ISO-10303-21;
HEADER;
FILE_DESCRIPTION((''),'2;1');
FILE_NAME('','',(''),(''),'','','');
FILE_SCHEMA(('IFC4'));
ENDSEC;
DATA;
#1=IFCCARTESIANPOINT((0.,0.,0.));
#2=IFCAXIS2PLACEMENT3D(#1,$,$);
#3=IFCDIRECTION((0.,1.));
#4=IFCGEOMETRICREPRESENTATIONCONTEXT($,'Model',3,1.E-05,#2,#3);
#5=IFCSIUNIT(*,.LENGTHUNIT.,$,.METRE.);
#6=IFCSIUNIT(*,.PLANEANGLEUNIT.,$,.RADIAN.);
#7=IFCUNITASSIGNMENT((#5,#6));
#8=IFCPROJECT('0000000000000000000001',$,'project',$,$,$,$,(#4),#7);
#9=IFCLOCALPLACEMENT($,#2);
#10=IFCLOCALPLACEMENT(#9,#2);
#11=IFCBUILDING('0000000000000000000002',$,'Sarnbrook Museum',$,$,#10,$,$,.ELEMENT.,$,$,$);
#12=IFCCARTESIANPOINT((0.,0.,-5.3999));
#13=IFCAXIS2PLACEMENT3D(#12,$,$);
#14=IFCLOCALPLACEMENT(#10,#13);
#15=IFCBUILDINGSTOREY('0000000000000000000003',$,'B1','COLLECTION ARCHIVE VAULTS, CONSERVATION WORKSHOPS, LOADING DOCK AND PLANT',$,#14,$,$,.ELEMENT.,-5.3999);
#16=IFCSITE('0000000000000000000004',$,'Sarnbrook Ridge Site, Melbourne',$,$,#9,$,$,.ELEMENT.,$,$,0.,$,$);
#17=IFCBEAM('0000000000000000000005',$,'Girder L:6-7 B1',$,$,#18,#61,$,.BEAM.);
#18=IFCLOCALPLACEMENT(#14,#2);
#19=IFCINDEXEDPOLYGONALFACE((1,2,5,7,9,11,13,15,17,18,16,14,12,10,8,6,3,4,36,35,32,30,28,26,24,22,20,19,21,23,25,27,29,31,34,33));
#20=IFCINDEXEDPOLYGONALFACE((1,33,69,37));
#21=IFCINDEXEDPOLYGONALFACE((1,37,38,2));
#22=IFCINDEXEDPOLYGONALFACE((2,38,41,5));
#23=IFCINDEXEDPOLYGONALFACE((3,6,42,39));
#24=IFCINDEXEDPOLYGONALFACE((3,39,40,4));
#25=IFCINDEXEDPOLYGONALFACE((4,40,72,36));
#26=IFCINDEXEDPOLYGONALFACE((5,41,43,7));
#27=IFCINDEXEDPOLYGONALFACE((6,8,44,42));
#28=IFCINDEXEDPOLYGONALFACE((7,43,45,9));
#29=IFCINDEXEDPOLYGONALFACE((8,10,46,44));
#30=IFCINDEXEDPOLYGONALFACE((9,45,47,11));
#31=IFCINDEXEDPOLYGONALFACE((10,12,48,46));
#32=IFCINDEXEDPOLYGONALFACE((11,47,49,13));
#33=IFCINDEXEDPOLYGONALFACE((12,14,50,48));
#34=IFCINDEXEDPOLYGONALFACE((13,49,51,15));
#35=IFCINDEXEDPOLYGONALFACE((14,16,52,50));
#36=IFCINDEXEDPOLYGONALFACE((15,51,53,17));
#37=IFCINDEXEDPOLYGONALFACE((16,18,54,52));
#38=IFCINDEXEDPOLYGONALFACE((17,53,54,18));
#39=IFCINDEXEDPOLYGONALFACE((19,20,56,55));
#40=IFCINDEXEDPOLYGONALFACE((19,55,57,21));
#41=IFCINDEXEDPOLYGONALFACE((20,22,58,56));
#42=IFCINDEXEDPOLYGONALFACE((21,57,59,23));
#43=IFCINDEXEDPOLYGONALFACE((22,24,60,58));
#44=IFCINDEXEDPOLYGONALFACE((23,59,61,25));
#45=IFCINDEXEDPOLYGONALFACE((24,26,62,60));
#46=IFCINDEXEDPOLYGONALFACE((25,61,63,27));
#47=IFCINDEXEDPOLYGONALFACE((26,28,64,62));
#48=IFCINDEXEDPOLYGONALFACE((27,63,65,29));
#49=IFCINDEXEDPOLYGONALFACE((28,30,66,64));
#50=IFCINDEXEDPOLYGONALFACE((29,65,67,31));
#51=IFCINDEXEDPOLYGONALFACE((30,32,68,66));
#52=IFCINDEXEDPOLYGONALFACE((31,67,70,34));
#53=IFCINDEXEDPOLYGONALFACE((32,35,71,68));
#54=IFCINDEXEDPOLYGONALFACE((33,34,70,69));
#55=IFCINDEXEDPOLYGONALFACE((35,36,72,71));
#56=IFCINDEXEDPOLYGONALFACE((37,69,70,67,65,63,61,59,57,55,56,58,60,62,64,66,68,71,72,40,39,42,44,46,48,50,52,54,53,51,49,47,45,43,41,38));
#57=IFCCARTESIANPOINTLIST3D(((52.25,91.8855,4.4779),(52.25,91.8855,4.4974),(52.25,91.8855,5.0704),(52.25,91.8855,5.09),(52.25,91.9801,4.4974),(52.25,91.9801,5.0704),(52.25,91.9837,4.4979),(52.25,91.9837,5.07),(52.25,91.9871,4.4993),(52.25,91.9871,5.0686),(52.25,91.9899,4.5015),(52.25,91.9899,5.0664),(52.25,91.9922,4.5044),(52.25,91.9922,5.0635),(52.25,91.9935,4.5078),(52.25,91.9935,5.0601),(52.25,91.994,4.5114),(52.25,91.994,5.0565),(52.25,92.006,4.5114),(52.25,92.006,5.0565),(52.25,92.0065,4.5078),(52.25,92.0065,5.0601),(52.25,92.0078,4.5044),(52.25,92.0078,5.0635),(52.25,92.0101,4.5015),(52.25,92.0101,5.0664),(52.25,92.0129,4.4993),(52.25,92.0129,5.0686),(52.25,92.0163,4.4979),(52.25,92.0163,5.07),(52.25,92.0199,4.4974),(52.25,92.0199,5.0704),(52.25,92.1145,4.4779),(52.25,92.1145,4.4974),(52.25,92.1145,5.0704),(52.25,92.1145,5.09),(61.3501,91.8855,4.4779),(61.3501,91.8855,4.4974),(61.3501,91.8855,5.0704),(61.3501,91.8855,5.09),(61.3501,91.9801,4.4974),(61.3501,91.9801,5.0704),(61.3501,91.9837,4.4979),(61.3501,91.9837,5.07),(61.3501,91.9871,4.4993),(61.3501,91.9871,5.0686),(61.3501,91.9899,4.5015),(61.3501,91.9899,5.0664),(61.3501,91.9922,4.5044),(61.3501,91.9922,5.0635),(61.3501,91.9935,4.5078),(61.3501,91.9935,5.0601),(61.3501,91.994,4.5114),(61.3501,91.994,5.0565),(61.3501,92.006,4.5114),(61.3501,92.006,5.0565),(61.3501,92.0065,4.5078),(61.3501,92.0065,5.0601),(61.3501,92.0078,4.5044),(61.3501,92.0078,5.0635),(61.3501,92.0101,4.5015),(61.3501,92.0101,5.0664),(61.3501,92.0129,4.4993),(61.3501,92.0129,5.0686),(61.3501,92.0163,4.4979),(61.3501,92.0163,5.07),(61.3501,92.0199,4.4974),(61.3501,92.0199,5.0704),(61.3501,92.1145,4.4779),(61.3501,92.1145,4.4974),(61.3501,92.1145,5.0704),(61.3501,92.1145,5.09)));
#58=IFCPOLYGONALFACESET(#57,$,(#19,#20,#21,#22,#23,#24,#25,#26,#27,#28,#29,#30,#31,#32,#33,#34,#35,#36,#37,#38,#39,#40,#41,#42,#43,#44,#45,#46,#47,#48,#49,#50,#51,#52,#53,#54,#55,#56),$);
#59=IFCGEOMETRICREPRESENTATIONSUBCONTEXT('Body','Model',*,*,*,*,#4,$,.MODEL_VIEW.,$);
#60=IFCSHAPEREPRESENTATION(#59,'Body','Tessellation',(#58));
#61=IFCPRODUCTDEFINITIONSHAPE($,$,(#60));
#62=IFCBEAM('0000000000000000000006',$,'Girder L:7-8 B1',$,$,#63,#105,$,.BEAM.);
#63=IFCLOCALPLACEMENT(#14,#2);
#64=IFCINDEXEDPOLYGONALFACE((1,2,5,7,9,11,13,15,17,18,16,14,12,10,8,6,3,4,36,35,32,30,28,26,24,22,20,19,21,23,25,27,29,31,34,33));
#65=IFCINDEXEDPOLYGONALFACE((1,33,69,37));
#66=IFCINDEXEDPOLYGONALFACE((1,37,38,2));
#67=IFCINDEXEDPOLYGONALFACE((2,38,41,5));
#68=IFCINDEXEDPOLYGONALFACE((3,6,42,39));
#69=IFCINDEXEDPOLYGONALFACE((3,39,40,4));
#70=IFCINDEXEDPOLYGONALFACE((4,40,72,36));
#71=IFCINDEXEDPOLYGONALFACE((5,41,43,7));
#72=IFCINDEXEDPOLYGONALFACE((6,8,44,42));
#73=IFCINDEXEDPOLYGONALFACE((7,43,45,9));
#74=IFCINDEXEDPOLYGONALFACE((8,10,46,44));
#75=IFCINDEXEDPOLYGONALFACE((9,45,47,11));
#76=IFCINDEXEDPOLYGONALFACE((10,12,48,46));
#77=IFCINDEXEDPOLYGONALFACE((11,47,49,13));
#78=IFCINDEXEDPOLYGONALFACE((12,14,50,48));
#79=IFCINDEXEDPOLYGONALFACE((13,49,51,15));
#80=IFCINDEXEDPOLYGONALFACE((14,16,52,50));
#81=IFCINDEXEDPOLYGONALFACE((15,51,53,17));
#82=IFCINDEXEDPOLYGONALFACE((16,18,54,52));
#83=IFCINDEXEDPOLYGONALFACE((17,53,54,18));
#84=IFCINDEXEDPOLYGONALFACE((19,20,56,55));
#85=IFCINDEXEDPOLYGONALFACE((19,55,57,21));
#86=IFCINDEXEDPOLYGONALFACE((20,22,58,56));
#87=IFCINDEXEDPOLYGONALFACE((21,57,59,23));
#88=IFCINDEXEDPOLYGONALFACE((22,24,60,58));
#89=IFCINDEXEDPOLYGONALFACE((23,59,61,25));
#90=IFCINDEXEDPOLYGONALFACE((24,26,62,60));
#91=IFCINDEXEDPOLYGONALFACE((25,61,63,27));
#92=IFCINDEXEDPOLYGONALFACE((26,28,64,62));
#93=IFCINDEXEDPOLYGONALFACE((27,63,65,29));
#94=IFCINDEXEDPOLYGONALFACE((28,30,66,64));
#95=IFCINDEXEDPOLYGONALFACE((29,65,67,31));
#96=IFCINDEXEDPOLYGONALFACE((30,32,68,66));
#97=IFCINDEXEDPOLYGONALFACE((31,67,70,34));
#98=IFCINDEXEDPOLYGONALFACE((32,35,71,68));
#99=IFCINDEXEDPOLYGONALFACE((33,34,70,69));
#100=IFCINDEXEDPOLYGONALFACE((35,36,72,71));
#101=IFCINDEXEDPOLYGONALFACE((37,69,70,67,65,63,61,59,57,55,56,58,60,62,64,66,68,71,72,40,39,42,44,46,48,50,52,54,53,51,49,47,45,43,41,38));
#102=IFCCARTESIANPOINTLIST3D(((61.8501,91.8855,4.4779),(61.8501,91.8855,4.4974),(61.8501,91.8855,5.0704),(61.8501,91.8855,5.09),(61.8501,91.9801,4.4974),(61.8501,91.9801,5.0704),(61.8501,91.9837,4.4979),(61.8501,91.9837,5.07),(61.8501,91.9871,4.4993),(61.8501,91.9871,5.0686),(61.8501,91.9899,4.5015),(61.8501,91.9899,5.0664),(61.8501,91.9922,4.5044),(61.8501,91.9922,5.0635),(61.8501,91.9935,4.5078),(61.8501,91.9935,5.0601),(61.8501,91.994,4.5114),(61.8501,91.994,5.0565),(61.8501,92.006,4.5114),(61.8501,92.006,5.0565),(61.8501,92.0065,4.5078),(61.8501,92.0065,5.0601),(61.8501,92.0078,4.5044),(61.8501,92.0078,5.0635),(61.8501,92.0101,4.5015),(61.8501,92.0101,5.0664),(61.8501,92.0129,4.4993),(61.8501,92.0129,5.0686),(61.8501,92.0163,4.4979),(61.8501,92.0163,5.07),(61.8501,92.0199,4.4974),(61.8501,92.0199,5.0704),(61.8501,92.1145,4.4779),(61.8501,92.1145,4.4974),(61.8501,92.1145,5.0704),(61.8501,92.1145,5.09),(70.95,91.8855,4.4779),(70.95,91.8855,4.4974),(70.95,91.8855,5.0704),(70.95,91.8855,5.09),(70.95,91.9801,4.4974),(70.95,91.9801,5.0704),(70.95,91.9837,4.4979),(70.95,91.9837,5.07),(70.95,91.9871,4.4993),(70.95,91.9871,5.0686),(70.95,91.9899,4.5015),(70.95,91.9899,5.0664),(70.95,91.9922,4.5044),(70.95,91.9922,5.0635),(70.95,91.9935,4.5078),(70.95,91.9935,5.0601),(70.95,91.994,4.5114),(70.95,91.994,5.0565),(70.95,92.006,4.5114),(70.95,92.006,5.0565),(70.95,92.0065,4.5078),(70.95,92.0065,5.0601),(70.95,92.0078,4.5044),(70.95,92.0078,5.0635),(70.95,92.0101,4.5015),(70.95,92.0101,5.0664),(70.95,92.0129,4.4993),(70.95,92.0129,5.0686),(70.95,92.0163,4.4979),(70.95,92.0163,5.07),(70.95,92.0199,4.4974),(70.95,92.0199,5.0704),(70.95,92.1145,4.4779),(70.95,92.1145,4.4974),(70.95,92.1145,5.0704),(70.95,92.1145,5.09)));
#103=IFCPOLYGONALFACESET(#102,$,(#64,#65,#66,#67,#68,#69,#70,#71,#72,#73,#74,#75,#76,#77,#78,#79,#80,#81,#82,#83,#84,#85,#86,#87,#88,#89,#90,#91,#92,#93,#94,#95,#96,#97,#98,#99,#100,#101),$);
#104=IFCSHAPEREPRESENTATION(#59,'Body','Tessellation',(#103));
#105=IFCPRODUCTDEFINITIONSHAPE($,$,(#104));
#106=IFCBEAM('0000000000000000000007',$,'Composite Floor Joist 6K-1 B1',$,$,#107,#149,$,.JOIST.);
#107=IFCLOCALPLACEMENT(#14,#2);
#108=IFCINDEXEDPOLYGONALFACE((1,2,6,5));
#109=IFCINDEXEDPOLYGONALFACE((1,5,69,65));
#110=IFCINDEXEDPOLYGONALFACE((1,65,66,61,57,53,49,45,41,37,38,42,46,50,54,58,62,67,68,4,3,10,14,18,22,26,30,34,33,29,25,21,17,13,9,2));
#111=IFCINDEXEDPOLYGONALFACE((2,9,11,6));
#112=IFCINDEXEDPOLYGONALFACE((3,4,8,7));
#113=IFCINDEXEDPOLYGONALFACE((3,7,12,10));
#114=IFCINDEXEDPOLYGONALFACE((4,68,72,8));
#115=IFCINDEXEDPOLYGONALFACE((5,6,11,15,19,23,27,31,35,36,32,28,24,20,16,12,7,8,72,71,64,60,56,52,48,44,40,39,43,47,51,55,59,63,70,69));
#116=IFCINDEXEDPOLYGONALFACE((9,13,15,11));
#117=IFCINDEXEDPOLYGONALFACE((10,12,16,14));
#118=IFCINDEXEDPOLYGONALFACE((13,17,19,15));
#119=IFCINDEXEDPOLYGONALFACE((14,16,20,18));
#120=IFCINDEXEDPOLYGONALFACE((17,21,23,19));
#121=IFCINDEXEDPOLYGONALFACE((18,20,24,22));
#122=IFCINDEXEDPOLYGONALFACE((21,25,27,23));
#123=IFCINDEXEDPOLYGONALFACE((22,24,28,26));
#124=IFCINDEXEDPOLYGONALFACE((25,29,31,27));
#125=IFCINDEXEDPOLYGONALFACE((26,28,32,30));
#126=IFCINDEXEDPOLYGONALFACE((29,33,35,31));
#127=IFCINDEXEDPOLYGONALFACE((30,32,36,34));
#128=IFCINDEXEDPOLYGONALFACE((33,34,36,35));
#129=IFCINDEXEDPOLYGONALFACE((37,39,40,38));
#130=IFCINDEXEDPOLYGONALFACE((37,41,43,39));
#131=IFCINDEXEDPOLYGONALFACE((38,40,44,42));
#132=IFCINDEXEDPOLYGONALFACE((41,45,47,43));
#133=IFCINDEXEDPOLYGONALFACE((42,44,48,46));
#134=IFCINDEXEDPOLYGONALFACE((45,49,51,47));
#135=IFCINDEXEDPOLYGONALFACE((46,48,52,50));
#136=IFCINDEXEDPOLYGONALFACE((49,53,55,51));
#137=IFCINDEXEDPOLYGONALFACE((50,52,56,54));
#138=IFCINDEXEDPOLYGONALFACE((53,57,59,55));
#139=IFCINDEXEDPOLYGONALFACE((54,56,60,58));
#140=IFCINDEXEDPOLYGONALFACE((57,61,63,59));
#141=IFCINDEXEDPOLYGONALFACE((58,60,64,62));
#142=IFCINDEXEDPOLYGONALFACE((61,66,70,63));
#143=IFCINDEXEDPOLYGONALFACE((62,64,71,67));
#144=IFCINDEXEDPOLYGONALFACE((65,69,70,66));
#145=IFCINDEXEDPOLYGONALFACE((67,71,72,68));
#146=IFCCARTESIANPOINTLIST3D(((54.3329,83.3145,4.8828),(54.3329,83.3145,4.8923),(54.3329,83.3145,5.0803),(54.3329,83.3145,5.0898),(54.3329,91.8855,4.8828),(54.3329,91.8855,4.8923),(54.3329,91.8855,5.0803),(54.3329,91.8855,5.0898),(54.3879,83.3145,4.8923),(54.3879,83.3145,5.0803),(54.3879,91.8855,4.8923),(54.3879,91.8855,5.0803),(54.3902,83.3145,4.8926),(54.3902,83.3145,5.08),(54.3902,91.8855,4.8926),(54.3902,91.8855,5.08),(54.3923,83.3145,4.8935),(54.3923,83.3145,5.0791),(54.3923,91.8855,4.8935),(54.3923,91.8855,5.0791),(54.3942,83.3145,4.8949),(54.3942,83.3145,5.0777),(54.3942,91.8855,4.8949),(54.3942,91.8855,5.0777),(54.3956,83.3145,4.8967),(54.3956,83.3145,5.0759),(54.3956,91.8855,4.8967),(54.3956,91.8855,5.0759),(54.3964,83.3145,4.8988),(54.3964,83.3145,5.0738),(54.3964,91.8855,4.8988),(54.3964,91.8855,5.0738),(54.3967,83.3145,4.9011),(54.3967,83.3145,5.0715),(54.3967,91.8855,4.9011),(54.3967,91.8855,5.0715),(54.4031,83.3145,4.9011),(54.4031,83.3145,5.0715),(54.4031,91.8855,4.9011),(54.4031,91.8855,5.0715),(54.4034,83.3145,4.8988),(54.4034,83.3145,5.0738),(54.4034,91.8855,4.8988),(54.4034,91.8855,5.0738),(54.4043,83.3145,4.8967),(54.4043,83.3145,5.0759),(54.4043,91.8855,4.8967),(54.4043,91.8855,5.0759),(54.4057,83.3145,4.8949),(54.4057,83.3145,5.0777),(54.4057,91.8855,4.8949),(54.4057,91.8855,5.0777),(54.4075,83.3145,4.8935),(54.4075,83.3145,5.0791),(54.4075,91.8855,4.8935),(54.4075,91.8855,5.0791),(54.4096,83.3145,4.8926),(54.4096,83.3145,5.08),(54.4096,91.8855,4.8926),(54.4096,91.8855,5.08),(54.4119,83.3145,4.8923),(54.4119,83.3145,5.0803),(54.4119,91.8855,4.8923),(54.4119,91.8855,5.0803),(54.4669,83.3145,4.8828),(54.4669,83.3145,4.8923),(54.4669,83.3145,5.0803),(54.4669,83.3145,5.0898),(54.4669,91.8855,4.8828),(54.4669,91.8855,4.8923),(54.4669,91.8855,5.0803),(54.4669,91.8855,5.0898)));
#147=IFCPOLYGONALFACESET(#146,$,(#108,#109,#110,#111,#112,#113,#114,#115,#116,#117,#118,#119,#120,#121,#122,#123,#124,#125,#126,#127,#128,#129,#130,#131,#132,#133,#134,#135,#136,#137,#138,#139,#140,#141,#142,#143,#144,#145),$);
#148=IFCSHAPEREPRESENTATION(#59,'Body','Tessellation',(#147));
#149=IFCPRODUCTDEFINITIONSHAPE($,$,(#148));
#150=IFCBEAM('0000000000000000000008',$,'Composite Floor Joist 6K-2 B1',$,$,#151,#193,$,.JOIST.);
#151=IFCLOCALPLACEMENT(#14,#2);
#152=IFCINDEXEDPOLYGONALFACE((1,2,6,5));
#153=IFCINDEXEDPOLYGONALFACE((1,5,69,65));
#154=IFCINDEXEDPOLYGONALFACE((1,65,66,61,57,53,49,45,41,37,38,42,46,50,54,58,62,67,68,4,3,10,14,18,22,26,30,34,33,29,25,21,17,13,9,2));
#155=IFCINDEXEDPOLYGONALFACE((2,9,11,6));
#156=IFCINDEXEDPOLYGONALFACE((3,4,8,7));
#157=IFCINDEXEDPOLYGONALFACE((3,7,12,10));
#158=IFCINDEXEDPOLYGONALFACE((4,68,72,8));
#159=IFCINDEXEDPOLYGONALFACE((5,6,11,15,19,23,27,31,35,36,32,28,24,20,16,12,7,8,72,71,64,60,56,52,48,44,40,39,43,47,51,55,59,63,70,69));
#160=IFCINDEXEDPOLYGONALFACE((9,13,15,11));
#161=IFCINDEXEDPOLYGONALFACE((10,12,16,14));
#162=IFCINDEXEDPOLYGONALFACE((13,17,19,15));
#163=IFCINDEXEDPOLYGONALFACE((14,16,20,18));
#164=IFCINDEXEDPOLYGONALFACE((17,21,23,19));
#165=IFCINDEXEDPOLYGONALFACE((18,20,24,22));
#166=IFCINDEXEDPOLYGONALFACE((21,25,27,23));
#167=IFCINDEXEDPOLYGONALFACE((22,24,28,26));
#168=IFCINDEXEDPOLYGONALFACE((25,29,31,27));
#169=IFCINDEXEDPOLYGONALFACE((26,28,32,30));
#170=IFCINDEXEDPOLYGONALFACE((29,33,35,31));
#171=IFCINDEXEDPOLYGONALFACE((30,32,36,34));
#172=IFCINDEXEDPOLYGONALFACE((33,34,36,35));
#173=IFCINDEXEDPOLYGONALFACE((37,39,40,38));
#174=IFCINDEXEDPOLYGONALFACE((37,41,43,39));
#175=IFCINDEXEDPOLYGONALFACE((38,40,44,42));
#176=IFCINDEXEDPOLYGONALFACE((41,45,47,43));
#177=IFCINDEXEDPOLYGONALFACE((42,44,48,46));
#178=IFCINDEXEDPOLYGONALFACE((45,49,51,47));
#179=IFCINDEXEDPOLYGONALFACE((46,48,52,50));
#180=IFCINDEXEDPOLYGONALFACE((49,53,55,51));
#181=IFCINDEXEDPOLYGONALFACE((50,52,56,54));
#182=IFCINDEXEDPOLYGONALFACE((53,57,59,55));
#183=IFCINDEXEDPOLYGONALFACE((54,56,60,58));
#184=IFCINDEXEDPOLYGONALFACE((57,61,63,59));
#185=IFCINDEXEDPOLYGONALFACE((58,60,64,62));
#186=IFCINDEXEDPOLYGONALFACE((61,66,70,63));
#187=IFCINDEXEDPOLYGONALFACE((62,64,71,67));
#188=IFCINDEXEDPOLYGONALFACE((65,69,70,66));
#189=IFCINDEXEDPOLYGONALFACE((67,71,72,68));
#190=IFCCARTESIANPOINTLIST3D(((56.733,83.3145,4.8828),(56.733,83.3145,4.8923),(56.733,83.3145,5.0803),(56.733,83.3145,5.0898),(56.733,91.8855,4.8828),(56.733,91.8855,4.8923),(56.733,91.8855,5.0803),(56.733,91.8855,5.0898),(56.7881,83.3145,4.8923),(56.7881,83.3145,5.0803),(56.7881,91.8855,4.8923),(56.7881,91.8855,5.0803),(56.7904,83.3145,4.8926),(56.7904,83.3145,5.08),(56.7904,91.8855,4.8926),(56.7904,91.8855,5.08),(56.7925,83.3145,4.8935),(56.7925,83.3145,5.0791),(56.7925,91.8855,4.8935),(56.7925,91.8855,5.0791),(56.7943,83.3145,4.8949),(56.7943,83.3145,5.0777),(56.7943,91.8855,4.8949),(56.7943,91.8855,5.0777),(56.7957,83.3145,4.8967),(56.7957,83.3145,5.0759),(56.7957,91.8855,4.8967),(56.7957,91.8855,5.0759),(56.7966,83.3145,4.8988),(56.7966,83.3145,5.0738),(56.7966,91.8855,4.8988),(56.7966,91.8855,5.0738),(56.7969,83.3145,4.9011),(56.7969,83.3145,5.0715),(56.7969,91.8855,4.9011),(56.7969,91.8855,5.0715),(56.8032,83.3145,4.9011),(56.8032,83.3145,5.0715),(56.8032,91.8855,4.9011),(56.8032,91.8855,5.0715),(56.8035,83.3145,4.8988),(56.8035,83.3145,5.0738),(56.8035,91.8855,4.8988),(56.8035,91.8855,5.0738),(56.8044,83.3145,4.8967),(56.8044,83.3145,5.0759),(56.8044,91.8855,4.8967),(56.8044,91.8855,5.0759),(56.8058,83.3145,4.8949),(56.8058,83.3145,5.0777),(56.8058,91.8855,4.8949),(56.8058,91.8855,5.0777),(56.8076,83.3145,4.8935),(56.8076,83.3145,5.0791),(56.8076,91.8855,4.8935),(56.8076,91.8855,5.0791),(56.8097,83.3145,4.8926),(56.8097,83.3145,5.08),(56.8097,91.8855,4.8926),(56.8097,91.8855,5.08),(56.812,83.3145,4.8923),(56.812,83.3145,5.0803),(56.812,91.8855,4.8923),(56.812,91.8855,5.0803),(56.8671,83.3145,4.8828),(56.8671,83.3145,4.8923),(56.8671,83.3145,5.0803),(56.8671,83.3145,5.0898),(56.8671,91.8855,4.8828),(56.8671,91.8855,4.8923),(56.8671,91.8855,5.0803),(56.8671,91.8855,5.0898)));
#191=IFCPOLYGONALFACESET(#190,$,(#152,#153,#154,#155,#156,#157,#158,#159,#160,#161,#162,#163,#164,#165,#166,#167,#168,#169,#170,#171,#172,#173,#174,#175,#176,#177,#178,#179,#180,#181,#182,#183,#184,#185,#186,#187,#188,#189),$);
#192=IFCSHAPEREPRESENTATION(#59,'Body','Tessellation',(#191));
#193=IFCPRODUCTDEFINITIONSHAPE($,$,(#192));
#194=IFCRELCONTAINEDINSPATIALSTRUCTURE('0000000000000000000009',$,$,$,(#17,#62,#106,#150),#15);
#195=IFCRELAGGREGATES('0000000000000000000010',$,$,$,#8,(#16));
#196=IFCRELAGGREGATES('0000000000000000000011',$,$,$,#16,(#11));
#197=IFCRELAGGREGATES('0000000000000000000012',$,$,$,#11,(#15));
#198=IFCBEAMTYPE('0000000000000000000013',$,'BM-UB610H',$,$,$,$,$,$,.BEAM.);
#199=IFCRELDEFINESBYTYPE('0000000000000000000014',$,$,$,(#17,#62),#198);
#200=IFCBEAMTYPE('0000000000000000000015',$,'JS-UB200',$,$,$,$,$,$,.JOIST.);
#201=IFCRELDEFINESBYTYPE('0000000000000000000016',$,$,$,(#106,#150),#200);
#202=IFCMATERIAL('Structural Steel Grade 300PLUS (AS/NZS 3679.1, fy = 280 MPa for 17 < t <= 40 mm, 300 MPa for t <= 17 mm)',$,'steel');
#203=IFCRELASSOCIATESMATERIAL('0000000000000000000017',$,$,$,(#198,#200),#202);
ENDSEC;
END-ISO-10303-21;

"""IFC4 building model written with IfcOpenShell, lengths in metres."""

from ifc_helpers import new_model, si_unit, direction, frame, origin, origin_2d, place, context, subcontext, project, spatial, i_section, extrude, material, material_profile, profile_set, type_object, element, save


model = new_model("IFC4")

# Units and contexts
model_context = context("Model", 3, precision=1e-05, world=origin(), true_north=direction((0.0, 1.0)))
body_context = subcontext(model_context, "Body", "Model", "MODEL_VIEW")
ifc_project = project(units=[si_unit("LENGTHUNIT", "METRE"), si_unit("PLANEANGLEUNIT", "RADIAN")], contexts=[model_context])

# Site, building, storey
site_placement = place(None, origin())
site = spatial("IfcSite", under=ifc_project, at=site_placement, Name="Sarnbrook Ridge Site, Melbourne", CompositionType="ELEMENT", RefElevation=0.0)
building_placement = place(site_placement, origin())
building = spatial("IfcBuilding", under=site, at=building_placement, Name="Sarnbrook Museum", CompositionType="ELEMENT")
storey_placement = place(building_placement, frame((0.0, 0.0, -5.3999)))
storey = spatial("IfcBuildingStorey", under=building, at=storey_placement, Name="B1", Description="COLLECTION ARCHIVE VAULTS, CONSERVATION WORKSHOPS, LOADING DOCK AND PLANT", CompositionType="ELEMENT", Elevation=-5.3999)

# Beams
ifc_material_1 = material(Name="Structural Steel Grade 300PLUS (AS/NZS 3679.1, fy = 280 MPa for 17 < t <= 40 mm, 300 MPa for t <= 17 mm)", Category="steel")
ifc_material_profile_1 = material_profile(ifc_material_1, i_section(OverallWidth=0.229, OverallDepth=0.6121, WebThickness=0.012, FlangeThickness=0.0195, FilletRadius=0.0139, at=origin_2d()), Name="610UB125")
ifc_profile_set_1 = profile_set([ifc_material_profile_1], Name="Structural Steel Grade 300PLUS (AS/NZS 3679.1, fy = 280 MPa for 17 < t <= 40 mm, 300 MPa for t <= 17 mm)")
beam_type_1 = type_object("IfcBeamType", Name="BM-UB610H", PredefinedType="BEAM", material=ifc_profile_set_1)
beam_1_placement = place(storey_placement, frame((52.25, 92.0, 4.7839), z_axis=(1.0, 0.0, 0.0), x_axis=(0.0, 1.0, 0.0)))
element("IfcBeam", 1, at=beam_1_placement, inside=storey, type_object=beam_type_1, Name="Girder L:6-7 B1", PredefinedType="BEAM", context=body_context, shape_type="SweptSolid", body=[
    extrude(i_section(OverallWidth=0.229, OverallDepth=0.6121, WebThickness=0.012, FlangeThickness=0.0195, FilletRadius=0.0139, at=origin_2d()), origin(), (0.0, 0.0, 1.0), 9.1001),
])
beam_2_placement = place(storey_placement, frame((61.8501, 92.0, 4.7839), z_axis=(1.0, 0.0, 0.0), x_axis=(0.0, 1.0, 0.0)))
element("IfcBeam", 2, at=beam_2_placement, inside=storey, type_object=beam_type_1, Name="Girder L:7-8 B1", PredefinedType="BEAM", context=body_context, shape_type="SweptSolid", body=[
    extrude(i_section(OverallWidth=0.229, OverallDepth=0.6121, WebThickness=0.012, FlangeThickness=0.0195, FilletRadius=0.0139, at=origin_2d()), origin(), (0.0, 0.0, 1.0), 9.0999),
])
ifc_material_profile_2 = material_profile(ifc_material_1, i_section(OverallWidth=0.134, OverallDepth=0.207, WebThickness=0.0063, FlangeThickness=0.0095, FilletRadius=0.0088, at=origin_2d()), Name="200UB29.8")
ifc_profile_set_2 = profile_set([ifc_material_profile_2], Name="Structural Steel Grade 300PLUS (AS/NZS 3679.1, fy = 280 MPa for 17 < t <= 40 mm, 300 MPa for t <= 17 mm)")
beam_type_2 = type_object("IfcBeamType", Name="JS-UB200", PredefinedType="JOIST", material=ifc_profile_set_2)
for number, where, z_axis, x_axis, name in (
    (3, (54.3999, 83.3145, 4.9863), (0.0, 1.0, 0.0), (-1.0, 0.0, 0.0), "Composite Floor Joist 6K-1 B1"),
    (4, (56.8, 83.3145, 4.9863), (0.0, 1.0, 0.0), (-1.0, 0.0, 0.0), "Composite Floor Joist 6K-2 B1"),
):
    element("IfcBeam", number, at=place(storey_placement, frame(where, z_axis=z_axis, x_axis=x_axis)), inside=storey, type_object=beam_type_2, Name=name, PredefinedType="JOIST", context=body_context, shape_type="SweptSolid", body=[
        extrude(i_section(OverallWidth=0.134, OverallDepth=0.207, WebThickness=0.0063, FlangeThickness=0.0095, FilletRadius=0.0088, at=origin_2d()), origin(), (0.0, 0.0, 1.0), 8.571),
    ])

save(model, "model.ifc")
